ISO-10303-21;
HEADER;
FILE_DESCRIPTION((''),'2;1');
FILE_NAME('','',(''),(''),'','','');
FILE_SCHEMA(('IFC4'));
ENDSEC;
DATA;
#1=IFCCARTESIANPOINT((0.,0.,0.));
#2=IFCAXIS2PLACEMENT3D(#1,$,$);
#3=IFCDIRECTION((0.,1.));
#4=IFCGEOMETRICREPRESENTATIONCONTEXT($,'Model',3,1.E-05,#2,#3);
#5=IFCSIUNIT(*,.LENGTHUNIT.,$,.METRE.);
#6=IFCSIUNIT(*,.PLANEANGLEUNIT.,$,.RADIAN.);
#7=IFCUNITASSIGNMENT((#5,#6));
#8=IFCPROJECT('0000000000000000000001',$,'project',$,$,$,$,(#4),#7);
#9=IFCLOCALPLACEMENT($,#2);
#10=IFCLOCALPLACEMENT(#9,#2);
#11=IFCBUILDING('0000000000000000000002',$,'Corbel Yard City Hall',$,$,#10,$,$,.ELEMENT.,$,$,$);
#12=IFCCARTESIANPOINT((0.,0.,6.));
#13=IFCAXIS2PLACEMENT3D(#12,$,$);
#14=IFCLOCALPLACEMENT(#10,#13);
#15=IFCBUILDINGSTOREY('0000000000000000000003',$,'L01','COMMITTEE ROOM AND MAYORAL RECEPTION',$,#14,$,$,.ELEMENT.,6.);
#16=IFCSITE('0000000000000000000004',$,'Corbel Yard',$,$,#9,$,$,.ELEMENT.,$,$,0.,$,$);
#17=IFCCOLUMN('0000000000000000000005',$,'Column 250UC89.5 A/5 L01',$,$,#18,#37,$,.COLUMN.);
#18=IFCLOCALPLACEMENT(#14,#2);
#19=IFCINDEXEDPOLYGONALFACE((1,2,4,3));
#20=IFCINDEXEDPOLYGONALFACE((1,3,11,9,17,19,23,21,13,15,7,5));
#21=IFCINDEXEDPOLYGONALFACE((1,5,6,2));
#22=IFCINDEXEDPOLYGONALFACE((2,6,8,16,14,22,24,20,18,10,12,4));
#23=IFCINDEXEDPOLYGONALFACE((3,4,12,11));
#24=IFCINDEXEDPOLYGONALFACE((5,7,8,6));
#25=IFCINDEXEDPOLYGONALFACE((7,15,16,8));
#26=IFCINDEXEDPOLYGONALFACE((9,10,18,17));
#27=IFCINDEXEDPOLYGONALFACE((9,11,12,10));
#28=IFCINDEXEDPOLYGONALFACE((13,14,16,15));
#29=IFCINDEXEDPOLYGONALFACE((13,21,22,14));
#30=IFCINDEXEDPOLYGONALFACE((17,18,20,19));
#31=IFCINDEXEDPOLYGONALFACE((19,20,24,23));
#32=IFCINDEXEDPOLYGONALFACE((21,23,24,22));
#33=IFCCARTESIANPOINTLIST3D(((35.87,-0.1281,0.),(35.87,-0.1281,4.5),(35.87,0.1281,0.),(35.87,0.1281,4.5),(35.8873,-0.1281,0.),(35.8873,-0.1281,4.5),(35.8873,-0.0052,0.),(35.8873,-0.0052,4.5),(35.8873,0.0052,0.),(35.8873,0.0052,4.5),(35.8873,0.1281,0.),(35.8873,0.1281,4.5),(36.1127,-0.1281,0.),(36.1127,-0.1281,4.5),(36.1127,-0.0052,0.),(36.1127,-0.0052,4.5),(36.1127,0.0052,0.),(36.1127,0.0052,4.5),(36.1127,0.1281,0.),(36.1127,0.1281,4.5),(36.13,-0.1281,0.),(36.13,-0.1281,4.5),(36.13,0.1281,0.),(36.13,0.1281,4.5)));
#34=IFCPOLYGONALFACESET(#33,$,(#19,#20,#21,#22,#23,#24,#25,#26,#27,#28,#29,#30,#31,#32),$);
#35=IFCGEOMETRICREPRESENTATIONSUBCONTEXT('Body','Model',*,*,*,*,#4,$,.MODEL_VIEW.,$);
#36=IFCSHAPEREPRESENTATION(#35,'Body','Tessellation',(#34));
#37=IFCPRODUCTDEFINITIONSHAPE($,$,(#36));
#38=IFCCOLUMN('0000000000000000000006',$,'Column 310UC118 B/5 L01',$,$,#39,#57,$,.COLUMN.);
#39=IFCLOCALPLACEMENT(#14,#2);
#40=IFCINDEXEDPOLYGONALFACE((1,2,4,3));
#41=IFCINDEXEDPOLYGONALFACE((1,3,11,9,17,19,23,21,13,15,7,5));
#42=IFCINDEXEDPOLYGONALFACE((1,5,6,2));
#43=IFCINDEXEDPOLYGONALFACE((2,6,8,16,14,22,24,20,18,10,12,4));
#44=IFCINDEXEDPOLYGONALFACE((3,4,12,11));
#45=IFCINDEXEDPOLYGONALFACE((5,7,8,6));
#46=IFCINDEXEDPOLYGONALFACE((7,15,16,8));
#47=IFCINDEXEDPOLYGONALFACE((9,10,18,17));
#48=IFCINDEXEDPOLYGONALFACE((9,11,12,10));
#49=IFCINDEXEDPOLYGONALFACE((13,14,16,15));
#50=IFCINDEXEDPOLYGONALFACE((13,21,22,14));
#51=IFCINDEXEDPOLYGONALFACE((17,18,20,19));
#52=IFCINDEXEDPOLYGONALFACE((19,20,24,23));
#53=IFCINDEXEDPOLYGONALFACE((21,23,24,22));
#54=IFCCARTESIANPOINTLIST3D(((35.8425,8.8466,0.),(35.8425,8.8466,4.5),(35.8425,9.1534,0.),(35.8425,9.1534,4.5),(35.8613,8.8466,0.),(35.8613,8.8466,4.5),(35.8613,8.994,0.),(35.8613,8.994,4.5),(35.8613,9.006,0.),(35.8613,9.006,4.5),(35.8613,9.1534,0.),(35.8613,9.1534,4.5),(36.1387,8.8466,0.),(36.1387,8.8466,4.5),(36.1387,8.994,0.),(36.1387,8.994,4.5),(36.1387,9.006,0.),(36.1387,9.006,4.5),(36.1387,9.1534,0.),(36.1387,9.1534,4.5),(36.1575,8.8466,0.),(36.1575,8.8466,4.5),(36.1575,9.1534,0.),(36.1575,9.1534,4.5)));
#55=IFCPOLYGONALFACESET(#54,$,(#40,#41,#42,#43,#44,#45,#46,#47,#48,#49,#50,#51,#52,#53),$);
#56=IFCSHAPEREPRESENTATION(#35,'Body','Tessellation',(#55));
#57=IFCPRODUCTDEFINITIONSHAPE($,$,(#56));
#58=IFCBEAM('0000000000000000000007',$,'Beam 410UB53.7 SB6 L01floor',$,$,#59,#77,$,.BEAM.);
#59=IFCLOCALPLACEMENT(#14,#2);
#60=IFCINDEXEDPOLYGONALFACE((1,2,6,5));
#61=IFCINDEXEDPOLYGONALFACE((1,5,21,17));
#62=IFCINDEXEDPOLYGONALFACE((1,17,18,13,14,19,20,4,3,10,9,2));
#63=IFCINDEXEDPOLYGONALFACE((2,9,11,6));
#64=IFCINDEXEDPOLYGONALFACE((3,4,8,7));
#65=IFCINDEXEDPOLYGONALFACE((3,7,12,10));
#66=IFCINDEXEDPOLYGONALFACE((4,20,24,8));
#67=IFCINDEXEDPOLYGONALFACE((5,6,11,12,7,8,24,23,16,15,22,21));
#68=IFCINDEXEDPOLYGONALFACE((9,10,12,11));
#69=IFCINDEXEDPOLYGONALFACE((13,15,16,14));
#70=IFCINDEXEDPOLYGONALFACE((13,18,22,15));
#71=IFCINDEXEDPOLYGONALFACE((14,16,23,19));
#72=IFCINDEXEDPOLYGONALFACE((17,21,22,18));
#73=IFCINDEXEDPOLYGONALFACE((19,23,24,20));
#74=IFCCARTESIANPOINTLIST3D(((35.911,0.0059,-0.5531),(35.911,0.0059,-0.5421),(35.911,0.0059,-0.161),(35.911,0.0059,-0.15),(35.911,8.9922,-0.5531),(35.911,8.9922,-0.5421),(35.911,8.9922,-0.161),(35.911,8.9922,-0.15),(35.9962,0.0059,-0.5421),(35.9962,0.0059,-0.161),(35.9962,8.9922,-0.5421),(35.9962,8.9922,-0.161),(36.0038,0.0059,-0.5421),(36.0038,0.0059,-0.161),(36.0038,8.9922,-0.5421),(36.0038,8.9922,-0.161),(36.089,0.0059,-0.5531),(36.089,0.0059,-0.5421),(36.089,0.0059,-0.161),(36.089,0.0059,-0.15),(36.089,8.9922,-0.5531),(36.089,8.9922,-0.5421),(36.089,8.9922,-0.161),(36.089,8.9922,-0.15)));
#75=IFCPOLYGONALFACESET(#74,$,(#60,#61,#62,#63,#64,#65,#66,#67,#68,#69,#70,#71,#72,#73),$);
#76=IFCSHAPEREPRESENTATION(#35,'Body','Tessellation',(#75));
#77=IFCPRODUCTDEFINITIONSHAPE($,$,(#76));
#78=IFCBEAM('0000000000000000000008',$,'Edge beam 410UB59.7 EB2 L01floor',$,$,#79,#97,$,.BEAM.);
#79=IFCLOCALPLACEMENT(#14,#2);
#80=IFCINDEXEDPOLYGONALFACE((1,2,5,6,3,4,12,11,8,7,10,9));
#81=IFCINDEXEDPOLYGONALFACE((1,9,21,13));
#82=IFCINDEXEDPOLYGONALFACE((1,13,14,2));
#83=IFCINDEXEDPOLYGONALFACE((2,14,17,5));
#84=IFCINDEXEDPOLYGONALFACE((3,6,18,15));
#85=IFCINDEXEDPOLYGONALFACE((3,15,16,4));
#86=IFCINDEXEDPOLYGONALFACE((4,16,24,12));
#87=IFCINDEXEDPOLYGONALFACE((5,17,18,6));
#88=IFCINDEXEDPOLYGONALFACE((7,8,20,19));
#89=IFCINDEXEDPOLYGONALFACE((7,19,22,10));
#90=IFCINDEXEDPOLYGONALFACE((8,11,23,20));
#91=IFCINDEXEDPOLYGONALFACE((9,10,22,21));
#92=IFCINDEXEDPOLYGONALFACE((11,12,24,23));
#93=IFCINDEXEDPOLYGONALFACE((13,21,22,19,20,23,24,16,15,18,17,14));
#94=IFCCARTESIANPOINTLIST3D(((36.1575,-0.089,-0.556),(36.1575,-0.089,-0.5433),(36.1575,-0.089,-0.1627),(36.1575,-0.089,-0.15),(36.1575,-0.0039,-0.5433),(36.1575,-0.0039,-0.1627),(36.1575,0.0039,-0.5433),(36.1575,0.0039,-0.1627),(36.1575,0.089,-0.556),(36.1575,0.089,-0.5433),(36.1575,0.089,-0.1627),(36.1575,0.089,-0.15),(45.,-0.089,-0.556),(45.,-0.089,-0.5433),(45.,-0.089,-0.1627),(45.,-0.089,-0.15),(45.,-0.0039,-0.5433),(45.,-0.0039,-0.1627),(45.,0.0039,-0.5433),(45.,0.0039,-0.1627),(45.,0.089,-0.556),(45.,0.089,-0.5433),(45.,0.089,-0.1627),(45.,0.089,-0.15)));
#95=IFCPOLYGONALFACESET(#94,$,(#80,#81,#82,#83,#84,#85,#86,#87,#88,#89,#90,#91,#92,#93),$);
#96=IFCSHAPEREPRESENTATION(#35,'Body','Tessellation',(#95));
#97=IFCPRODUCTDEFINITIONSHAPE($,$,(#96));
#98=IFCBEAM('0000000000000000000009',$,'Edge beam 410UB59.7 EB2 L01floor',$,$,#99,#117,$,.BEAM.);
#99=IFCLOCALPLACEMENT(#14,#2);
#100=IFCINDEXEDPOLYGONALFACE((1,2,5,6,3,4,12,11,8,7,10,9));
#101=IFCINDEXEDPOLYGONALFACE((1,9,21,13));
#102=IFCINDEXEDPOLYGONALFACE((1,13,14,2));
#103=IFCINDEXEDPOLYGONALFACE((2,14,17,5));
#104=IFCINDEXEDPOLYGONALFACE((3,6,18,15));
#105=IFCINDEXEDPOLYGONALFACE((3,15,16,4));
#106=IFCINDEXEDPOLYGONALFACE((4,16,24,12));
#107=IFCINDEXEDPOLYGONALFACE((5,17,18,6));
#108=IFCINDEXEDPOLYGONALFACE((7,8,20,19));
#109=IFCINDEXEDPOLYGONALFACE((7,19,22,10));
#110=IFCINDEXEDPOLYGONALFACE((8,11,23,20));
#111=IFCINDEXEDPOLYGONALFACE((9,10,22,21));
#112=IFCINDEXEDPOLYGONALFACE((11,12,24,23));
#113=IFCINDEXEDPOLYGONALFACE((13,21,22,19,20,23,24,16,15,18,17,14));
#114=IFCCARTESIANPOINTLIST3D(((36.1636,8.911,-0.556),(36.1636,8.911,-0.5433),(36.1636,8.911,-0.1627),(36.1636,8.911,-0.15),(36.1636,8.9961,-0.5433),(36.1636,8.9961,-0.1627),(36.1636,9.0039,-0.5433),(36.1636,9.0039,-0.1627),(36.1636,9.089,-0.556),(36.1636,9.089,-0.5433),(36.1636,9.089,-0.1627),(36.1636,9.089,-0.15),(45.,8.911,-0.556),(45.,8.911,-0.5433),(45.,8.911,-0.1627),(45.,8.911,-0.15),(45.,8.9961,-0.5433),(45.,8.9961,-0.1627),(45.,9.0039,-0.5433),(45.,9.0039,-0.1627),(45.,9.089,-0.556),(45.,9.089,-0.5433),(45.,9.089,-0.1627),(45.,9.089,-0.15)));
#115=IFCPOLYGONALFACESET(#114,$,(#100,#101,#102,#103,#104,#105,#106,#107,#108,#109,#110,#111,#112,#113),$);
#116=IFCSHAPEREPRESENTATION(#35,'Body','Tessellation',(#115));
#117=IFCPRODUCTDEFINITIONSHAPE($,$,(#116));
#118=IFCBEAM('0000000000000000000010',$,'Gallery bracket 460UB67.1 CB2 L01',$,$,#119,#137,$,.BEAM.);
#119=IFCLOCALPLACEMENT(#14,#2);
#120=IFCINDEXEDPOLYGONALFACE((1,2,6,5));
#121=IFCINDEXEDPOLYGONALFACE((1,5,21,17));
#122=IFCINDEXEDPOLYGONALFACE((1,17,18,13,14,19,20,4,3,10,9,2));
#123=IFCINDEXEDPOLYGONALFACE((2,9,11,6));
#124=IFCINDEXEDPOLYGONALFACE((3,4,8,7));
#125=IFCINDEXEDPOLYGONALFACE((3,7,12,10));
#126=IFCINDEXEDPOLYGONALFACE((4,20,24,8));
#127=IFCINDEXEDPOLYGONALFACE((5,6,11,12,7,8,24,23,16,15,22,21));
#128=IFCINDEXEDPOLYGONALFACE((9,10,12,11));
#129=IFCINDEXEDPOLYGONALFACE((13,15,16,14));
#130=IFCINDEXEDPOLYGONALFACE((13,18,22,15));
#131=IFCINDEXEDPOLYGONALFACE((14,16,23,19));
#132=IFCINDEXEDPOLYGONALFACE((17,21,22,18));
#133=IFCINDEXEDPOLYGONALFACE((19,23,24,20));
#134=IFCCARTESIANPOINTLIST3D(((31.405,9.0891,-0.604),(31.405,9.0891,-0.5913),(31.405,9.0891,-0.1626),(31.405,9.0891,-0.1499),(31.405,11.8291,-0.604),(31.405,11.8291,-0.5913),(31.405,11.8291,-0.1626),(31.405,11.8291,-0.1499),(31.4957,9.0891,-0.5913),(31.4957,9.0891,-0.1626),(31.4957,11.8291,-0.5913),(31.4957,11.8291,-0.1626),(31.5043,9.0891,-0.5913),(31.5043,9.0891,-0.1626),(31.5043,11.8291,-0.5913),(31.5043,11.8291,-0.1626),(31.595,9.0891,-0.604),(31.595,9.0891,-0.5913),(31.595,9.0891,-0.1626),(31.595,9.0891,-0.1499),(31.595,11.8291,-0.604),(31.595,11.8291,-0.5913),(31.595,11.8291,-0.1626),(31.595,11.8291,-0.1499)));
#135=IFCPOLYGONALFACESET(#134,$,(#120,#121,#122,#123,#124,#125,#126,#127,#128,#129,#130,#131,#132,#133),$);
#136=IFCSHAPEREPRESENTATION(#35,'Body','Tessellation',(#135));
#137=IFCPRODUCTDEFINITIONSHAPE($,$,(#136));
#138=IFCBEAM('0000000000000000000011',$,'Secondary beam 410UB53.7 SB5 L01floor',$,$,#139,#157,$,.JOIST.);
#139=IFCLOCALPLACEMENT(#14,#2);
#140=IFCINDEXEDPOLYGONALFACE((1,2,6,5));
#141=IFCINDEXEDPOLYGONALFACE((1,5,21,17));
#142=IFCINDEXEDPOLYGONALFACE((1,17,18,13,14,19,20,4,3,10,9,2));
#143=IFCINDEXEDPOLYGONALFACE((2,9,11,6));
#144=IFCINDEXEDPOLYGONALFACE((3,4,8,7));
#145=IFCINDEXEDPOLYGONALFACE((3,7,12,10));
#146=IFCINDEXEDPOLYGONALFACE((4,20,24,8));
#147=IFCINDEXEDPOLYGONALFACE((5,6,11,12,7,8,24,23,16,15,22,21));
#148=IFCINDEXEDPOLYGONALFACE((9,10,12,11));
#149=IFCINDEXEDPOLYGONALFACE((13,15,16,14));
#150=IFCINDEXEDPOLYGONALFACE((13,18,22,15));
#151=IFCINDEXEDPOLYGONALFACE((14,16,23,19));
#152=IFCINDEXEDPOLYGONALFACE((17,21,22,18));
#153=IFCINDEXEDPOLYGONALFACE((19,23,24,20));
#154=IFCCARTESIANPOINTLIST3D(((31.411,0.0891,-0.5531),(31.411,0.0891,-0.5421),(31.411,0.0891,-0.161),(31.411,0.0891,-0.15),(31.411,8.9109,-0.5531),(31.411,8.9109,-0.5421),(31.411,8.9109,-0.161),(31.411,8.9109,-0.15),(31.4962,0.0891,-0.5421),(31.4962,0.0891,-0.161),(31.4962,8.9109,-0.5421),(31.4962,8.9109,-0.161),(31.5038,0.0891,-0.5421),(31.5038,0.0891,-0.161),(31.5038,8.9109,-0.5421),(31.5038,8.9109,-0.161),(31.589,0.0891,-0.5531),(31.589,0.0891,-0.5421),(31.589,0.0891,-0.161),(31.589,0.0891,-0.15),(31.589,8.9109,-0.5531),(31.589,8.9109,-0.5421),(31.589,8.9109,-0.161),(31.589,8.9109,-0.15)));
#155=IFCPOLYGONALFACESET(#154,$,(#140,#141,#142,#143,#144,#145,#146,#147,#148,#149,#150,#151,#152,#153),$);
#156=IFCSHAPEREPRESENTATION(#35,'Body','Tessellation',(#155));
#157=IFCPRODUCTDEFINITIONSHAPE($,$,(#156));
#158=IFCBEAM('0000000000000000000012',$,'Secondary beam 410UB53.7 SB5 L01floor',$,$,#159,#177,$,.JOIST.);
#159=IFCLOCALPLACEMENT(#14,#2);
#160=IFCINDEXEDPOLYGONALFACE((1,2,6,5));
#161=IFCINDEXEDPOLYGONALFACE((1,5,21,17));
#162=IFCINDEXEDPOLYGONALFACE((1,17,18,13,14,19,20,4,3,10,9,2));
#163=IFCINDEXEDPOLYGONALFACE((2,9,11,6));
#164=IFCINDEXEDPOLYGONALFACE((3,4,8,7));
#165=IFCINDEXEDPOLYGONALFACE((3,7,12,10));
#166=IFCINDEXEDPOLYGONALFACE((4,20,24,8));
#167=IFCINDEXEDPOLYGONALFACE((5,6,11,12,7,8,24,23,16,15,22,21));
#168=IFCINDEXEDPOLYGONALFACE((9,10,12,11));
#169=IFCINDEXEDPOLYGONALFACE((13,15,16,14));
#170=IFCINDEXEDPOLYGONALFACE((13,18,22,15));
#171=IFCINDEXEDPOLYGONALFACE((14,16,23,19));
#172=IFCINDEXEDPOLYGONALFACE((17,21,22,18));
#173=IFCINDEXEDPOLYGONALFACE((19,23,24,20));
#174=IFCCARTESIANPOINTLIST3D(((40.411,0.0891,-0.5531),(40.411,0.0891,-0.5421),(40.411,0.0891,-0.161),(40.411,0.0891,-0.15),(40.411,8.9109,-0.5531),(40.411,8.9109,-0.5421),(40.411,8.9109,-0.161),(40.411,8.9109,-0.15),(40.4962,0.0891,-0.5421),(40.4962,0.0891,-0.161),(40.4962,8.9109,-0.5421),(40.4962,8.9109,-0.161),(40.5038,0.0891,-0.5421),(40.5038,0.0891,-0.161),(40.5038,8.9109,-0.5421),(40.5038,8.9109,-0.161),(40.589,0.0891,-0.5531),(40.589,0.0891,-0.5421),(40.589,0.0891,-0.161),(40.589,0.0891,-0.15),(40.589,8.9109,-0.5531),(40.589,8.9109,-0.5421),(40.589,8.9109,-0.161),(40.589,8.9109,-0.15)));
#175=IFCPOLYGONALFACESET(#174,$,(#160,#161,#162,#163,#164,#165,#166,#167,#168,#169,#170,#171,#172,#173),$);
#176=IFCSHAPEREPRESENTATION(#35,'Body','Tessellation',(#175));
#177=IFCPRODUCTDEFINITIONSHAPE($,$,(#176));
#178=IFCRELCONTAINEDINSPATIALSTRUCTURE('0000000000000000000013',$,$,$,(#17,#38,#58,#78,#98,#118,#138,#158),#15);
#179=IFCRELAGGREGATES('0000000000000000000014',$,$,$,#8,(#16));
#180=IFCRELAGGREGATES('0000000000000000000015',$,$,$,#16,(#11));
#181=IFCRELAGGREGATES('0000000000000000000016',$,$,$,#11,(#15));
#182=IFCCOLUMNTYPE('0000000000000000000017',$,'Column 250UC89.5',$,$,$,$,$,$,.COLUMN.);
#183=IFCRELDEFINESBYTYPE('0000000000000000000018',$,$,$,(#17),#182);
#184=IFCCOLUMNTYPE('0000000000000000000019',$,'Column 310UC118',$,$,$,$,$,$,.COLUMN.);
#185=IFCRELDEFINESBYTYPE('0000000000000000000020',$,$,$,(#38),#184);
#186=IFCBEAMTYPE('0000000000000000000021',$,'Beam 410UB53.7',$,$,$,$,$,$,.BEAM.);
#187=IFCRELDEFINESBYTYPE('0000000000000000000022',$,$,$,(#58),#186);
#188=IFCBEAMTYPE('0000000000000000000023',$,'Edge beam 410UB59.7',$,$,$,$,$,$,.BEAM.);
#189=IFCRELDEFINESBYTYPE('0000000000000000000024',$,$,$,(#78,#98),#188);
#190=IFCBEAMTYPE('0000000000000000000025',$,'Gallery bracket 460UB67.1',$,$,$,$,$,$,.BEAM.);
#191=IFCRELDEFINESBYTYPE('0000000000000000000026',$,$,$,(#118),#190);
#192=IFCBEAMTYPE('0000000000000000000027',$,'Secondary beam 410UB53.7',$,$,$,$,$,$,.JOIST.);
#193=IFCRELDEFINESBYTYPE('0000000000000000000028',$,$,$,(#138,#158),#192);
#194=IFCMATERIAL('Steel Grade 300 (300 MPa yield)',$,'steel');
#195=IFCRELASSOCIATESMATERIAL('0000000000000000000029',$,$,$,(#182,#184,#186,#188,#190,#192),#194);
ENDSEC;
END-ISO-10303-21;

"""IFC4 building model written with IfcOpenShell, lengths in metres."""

from ifc_helpers import new_model, si_unit, direction, frame, origin, origin_2d, place, context, subcontext, project, spatial, i_section, extrude, material, material_profile, profile_set, type_object, element, save


model = new_model("IFC4")

# Units and contexts
model_context = context("Model", 3, precision=1e-05, world=origin(), true_north=direction((0.0, 1.0)))
body_context = subcontext(model_context, "Body", "Model", "MODEL_VIEW")
ifc_project = project(units=[si_unit("LENGTHUNIT", "METRE"), si_unit("PLANEANGLEUNIT", "RADIAN")], contexts=[model_context])

# Site, building, storey
site_placement = place(None, origin())
site = spatial("IfcSite", under=ifc_project, at=site_placement, Name="Corbel Yard", CompositionType="ELEMENT", RefElevation=0.0)
building_placement = place(site_placement, origin())
building = spatial("IfcBuilding", under=site, at=building_placement, Name="Corbel Yard City Hall", CompositionType="ELEMENT")
storey_placement = place(building_placement, frame((0.0, 0.0, 6.0)))
storey = spatial("IfcBuildingStorey", under=building, at=storey_placement, Name="L01", Description="COMMITTEE ROOM AND MAYORAL RECEPTION", CompositionType="ELEMENT", Elevation=6.0)

# Columns
ifc_material_1 = material(Name="Steel Grade 300 (300 MPa yield)", Category="steel")
ifc_material_profile_1 = material_profile(ifc_material_1, i_section(OverallWidth=0.2561, OverallDepth=0.26, WebThickness=0.0105, FlangeThickness=0.0173, at=origin_2d()), Name="250UC89.5")
ifc_profile_set_1 = profile_set([ifc_material_profile_1], Name="Steel Grade 300 (300 MPa yield)")
column_type_1 = type_object("IfcColumnType", Name="Column 250UC89.5", PredefinedType="COLUMN", material=ifc_profile_set_1)
column_1_placement = place(storey_placement, frame((36.0, 0.0, 0.0), z_axis=(0.0, 0.0, 1.0), x_axis=(0.0, 1.0, 0.0)))
element("IfcColumn", 1, at=column_1_placement, inside=storey, type_object=column_type_1, Name="Column 250UC89.5 A/5 L01", PredefinedType="COLUMN", context=body_context, shape_type="SweptSolid", body=[
    extrude(i_section(OverallWidth=0.2561, OverallDepth=0.26, WebThickness=0.0105, FlangeThickness=0.0173, at=origin_2d()), origin(), (0.0, 0.0, 1.0), 4.5),
])
ifc_material_profile_2 = material_profile(ifc_material_1, i_section(OverallWidth=0.3069, OverallDepth=0.3149, WebThickness=0.012, FlangeThickness=0.0188, at=origin_2d()), Name="310UC118")
ifc_profile_set_2 = profile_set([ifc_material_profile_2], Name="Steel Grade 300 (300 MPa yield)")
column_type_2 = type_object("IfcColumnType", Name="Column 310UC118", PredefinedType="COLUMN", material=ifc_profile_set_2)
column_2_placement = place(storey_placement, frame((36.0, 9.0, 0.0), z_axis=(0.0, 0.0, 1.0), x_axis=(0.0, 1.0, 0.0)))
element("IfcColumn", 2, at=column_2_placement, inside=storey, type_object=column_type_2, Name="Column 310UC118 B/5 L01", PredefinedType="COLUMN", context=body_context, shape_type="SweptSolid", body=[
    extrude(i_section(OverallWidth=0.3069, OverallDepth=0.3149, WebThickness=0.012, FlangeThickness=0.0188, at=origin_2d()), origin(), (0.0, 0.0, 1.0), 4.5),
])

# Beams
ifc_material_profile_3 = material_profile(ifc_material_1, i_section(OverallWidth=0.178, OverallDepth=0.4031, WebThickness=0.0076, FlangeThickness=0.011, at=origin_2d()), Name="410UB53.7")
ifc_profile_set_3 = profile_set([ifc_material_profile_3], Name="Steel Grade 300 (300 MPa yield)")
beam_type_1 = type_object("IfcBeamType", Name="Beam 410UB53.7", PredefinedType="BEAM", material=ifc_profile_set_3)
beam_1_placement = place(storey_placement, frame((36.0, 0.0059, -0.3516), z_axis=(0.0, 1.0, 0.0), x_axis=(-1.0, 0.0, 0.0)))
element("IfcBeam", 3, at=beam_1_placement, inside=storey, type_object=beam_type_1, Name="Beam 410UB53.7 SB6 L01floor", PredefinedType="BEAM", context=body_context, shape_type="SweptSolid", body=[
    extrude(i_section(OverallWidth=0.178, OverallDepth=0.4031, WebThickness=0.0076, FlangeThickness=0.011, at=origin_2d()), origin(), (0.0, 0.0, 1.0), 8.9863),
])
ifc_material_profile_4 = material_profile(ifc_material_1, i_section(OverallWidth=0.178, OverallDepth=0.406, WebThickness=0.0078, FlangeThickness=0.0127, at=origin_2d()), Name="410UB59.7")
ifc_profile_set_4 = profile_set([ifc_material_profile_4], Name="Steel Grade 300 (300 MPa yield)")
beam_type_2 = type_object("IfcBeamType", Name="Edge beam 410UB59.7", PredefinedType="BEAM", material=ifc_profile_set_4)
beam_2_placement = place(storey_placement, frame((36.1575, 0.0, -0.353), z_axis=(1.0, 0.0, 0.0), x_axis=(0.0, 1.0, 0.0)))
element("IfcBeam", 4, at=beam_2_placement, inside=storey, type_object=beam_type_2, Name="Edge beam 410UB59.7 EB2 L01floor", PredefinedType="BEAM", context=body_context, shape_type="SweptSolid", body=[
    extrude(i_section(OverallWidth=0.178, OverallDepth=0.406, WebThickness=0.0078, FlangeThickness=0.0127, at=origin_2d()), origin(), (0.0, 0.0, 1.0), 8.8425),
])
beam_3_placement = place(storey_placement, frame((36.1636, 9.0, -0.353), z_axis=(1.0, 0.0, 0.0), x_axis=(0.0, 1.0, 0.0)))
element("IfcBeam", 5, at=beam_3_placement, inside=storey, type_object=beam_type_2, Name="Edge beam 410UB59.7 EB2 L01floor", PredefinedType="BEAM", context=body_context, shape_type="SweptSolid", body=[
    extrude(i_section(OverallWidth=0.178, OverallDepth=0.406, WebThickness=0.0078, FlangeThickness=0.0127, at=origin_2d()), origin(), (0.0, 0.0, 1.0), 8.8364),
])
ifc_material_profile_5 = material_profile(ifc_material_1, i_section(OverallWidth=0.1899, OverallDepth=0.4541, WebThickness=0.0085, FlangeThickness=0.0127, at=origin_2d()), Name="460UB67.1")
ifc_profile_set_5 = profile_set([ifc_material_profile_5], Name="Steel Grade 300 (300 MPa yield)")
beam_type_3 = type_object("IfcBeamType", Name="Gallery bracket 460UB67.1", PredefinedType="BEAM", material=ifc_profile_set_5)
beam_4_placement = place(storey_placement, frame((31.5, 9.0891, -0.377), z_axis=(0.0, 1.0, 0.0), x_axis=(-1.0, 0.0, 0.0)))
element("IfcBeam", 6, at=beam_4_placement, inside=storey, type_object=beam_type_3, Name="Gallery bracket 460UB67.1 CB2 L01", PredefinedType="BEAM", context=body_context, shape_type="SweptSolid", body=[
    extrude(i_section(OverallWidth=0.1899, OverallDepth=0.4541, WebThickness=0.0085, FlangeThickness=0.0127, at=origin_2d()), origin(), (0.0, 0.0, 1.0), 2.74),
])
ifc_material_profile_6 = material_profile(ifc_material_1, i_section(OverallWidth=0.178, OverallDepth=0.4031, WebThickness=0.0076, FlangeThickness=0.011, at=origin_2d()), Name="410UB53.7")
ifc_profile_set_6 = profile_set([ifc_material_profile_6], Name="Steel Grade 300 (300 MPa yield)")
beam_type_4 = type_object("IfcBeamType", Name="Secondary beam 410UB53.7", PredefinedType="JOIST", material=ifc_profile_set_6)
for number, where, z_axis, x_axis, name in (
    (7, (31.5, 0.0891, -0.3516), (0.0, 1.0, 0.0), (-1.0, 0.0, 0.0), "Secondary beam 410UB53.7 SB5 L01floor"),
    (8, (40.5, 0.0891, -0.3516), (0.0, 1.0, 0.0), (-1.0, 0.0, 0.0), "Secondary beam 410UB53.7 SB5 L01floor"),
):
    element("IfcBeam", number, at=place(storey_placement, frame(where, z_axis=z_axis, x_axis=x_axis)), inside=storey, type_object=beam_type_4, Name=name, PredefinedType="JOIST", context=body_context, shape_type="SweptSolid", body=[
        extrude(i_section(OverallWidth=0.178, OverallDepth=0.4031, WebThickness=0.0076, FlangeThickness=0.011, at=origin_2d()), origin(), (0.0, 0.0, 1.0), 8.8218),
    ])

save(model, "model.ifc")
